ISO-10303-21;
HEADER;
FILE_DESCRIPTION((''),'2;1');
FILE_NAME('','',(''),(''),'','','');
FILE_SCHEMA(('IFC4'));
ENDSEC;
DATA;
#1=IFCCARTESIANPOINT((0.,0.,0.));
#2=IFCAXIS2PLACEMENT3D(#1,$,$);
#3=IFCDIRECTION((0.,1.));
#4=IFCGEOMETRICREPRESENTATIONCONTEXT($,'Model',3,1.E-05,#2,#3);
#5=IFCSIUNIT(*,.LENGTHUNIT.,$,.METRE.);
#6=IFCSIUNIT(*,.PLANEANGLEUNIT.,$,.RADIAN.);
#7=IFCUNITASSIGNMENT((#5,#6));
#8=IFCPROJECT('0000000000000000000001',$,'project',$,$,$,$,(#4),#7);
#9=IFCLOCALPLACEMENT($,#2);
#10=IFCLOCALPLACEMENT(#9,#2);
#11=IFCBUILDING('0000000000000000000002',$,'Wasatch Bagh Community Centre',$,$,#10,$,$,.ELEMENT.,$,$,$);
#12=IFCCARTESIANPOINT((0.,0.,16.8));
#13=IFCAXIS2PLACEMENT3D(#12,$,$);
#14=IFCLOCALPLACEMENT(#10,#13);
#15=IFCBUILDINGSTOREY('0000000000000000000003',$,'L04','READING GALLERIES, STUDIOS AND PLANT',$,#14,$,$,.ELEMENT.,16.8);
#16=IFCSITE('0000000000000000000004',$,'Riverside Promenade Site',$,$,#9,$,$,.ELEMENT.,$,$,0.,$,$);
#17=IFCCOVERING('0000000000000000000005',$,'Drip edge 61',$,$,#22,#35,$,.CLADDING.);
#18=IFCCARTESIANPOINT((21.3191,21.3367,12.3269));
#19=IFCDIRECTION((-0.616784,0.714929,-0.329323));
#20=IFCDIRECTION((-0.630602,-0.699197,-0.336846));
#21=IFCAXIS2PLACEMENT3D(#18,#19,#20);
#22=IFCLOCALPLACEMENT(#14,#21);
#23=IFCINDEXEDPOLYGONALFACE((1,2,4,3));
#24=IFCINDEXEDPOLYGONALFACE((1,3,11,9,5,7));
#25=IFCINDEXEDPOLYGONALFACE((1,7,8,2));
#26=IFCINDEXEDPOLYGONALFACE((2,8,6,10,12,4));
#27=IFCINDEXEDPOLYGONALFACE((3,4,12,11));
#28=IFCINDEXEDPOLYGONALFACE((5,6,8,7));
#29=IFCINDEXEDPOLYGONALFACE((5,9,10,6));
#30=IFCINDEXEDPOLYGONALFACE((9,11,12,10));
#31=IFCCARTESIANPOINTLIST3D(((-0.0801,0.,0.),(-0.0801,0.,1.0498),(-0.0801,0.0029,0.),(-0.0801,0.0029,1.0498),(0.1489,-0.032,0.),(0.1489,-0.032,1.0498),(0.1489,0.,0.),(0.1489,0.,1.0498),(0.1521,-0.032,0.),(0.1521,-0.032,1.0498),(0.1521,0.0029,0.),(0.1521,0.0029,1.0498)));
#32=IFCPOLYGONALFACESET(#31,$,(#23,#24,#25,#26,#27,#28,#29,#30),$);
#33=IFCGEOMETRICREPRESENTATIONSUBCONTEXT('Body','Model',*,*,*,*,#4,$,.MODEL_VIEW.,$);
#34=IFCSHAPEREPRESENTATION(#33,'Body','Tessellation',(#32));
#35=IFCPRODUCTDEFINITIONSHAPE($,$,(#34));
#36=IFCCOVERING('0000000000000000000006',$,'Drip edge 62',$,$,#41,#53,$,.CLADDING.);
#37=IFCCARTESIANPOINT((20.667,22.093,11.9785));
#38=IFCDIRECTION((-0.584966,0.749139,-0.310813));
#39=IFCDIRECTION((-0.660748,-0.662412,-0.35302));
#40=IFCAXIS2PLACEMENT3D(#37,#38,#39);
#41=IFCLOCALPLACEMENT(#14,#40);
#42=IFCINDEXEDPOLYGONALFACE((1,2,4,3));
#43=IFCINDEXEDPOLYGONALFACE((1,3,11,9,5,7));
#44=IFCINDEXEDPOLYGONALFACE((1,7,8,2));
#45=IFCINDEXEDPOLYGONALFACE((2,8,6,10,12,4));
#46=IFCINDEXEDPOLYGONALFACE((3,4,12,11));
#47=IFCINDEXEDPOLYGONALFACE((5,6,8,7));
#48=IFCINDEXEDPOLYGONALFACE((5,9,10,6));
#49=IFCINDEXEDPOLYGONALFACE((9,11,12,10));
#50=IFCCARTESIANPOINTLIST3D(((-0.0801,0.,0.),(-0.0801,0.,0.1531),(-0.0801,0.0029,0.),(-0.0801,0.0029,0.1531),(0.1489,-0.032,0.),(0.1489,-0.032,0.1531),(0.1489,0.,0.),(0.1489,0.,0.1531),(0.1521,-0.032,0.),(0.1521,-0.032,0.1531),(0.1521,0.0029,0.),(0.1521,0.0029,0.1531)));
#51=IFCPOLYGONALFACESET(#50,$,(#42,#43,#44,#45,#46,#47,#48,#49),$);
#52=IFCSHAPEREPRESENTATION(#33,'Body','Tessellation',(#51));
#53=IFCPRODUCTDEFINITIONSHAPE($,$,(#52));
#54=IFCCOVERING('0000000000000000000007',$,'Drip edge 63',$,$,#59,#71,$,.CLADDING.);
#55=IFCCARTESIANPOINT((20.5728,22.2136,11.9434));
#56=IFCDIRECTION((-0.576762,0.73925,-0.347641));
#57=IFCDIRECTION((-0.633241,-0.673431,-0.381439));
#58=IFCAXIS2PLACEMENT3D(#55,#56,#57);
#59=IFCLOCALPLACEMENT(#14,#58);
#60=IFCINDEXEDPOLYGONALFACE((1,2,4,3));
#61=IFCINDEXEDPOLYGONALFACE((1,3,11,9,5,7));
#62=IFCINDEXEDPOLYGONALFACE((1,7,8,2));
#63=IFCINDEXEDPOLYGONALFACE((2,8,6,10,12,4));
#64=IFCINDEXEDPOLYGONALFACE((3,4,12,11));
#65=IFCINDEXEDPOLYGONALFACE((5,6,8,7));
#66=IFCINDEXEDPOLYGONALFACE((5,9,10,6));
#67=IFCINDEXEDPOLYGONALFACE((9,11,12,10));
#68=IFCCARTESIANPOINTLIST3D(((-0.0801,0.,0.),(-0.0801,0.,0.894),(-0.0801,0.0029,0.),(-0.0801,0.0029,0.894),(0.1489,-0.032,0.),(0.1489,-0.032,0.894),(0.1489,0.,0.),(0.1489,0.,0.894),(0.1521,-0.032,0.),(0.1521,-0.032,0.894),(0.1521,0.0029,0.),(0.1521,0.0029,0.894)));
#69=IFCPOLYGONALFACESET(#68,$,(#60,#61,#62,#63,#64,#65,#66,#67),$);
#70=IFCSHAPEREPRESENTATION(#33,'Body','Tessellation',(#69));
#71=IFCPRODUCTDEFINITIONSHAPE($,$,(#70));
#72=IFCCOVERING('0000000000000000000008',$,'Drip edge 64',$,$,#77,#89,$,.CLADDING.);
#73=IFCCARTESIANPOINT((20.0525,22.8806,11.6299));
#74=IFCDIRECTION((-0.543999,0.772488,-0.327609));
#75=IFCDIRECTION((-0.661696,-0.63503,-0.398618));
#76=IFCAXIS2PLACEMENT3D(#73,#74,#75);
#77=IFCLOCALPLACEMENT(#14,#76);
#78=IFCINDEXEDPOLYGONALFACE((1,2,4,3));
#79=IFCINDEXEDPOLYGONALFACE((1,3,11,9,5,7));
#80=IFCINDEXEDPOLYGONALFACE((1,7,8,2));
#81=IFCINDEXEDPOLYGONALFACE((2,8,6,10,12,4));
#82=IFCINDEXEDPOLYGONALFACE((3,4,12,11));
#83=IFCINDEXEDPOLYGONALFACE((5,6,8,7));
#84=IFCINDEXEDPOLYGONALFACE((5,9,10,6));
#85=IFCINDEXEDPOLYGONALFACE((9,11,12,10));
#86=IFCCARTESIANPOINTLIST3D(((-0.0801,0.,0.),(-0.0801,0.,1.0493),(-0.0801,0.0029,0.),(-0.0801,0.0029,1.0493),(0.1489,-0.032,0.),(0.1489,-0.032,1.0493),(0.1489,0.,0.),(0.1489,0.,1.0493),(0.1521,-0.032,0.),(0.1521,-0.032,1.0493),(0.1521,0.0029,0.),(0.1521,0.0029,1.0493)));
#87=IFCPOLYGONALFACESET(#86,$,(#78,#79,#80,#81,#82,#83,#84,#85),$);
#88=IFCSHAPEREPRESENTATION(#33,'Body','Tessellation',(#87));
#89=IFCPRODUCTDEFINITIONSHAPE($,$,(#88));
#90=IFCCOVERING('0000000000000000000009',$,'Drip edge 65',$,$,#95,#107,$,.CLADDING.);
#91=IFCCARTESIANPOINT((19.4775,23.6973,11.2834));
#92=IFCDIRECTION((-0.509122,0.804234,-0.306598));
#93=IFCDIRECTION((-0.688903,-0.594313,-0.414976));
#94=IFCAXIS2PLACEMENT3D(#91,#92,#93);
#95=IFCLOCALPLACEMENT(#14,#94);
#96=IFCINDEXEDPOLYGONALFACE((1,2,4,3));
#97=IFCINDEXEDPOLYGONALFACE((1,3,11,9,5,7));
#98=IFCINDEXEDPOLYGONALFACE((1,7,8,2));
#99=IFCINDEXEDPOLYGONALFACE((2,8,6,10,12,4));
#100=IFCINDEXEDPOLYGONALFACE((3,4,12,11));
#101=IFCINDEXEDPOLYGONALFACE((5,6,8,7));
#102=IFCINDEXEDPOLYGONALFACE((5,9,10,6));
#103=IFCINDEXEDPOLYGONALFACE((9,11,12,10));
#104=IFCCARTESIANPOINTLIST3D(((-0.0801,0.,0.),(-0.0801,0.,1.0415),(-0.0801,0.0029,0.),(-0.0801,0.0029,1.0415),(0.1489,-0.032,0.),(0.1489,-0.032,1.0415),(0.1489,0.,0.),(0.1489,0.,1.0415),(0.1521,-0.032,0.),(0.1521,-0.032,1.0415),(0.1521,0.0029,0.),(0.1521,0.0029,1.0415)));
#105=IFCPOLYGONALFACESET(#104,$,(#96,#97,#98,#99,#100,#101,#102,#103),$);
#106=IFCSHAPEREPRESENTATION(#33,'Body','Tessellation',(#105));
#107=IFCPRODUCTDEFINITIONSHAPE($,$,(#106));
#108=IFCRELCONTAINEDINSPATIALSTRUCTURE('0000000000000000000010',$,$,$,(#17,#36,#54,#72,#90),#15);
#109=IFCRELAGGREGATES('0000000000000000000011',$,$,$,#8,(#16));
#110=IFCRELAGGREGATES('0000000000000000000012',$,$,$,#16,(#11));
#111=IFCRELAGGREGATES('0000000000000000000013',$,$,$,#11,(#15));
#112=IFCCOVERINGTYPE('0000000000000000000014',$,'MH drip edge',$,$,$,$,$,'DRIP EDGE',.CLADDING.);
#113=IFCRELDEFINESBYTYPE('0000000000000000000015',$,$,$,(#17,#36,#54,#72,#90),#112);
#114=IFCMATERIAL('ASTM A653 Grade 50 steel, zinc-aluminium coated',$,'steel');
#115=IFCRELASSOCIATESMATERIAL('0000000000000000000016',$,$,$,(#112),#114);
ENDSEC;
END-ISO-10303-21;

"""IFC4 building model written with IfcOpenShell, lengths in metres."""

from ifc_helpers import new_model, si_unit, direction, frame, origin, place, context, subcontext, project, spatial, polyline, outline, extrude, material, material_profile, profile_set, type_object, element, save


model = new_model("IFC4")

# Units and contexts
model_context = context("Model", 3, precision=1e-05, world=origin(), true_north=direction((0.0, 1.0)))
body_context = subcontext(model_context, "Body", "Model", "MODEL_VIEW")
ifc_project = project(units=[si_unit("LENGTHUNIT", "METRE"), si_unit("PLANEANGLEUNIT", "RADIAN")], contexts=[model_context])

# Site, building, storey
site_placement = place(None, origin())
site = spatial("IfcSite", under=ifc_project, at=site_placement, Name="Riverside Promenade Site", CompositionType="ELEMENT", RefElevation=0.0)
building_placement = place(site_placement, origin())
building = spatial("IfcBuilding", under=site, at=building_placement, Name="Wasatch Bagh Community Centre", CompositionType="ELEMENT")
storey_placement = place(building_placement, frame((0.0, 0.0, 16.8)))
storey = spatial("IfcBuildingStorey", under=building, at=storey_placement, Name="L04", Description="READING GALLERIES, STUDIOS AND PLANT", CompositionType="ELEMENT", Elevation=16.8)

# Coverings
ifc_material_1 = material(Name="ASTM A653 Grade 50 steel, zinc-aluminium coated", Category="steel")
ifc_material_profile_1 = material_profile(ifc_material_1, outline(polyline([(-0.0801, 0.0029), (0.1521, 0.0029), (0.1521, -0.032), (0.1489, -0.032), (0.1489, 0.0), (-0.0801, 0.0), (-0.0801, 0.0029)])), Name="DRIP EDGE")
ifc_profile_set_1 = profile_set([ifc_material_profile_1], Name="ASTM A653 Grade 50 steel, zinc-aluminium coated")
covering_type_1 = type_object("IfcCoveringType", Name="MH drip edge", ElementType="DRIP EDGE", PredefinedType="CLADDING", material=ifc_profile_set_1)
covering_1_placement = place(storey_placement, frame((21.3191, 21.3367, 12.3269), z_axis=(-0.616784, 0.714929, -0.329323), x_axis=(-0.630602, -0.699197, -0.336846)))
element("IfcCovering", 1, at=covering_1_placement, inside=storey, type_object=covering_type_1, Name="Drip edge 61", PredefinedType="CLADDING", context=body_context, shape_type="SweptSolid", body=[
    extrude(outline(polyline([(-0.0801, 0.0029), (0.1521, 0.0029), (0.1521, -0.032), (0.1489, -0.032), (0.1489, 0.0), (-0.0801, 0.0), (-0.0801, 0.0029)])), origin(), (0.0, 0.0, 1.0), 1.0498),
])
covering_2_placement = place(storey_placement, frame((20.667, 22.093, 11.9785), z_axis=(-0.584966, 0.749139, -0.310813), x_axis=(-0.660748, -0.662412, -0.35302)))
element("IfcCovering", 2, at=covering_2_placement, inside=storey, type_object=covering_type_1, Name="Drip edge 62", PredefinedType="CLADDING", context=body_context, shape_type="SweptSolid", body=[
    extrude(outline(polyline([(-0.0801, 0.0029), (0.1521, 0.0029), (0.1521, -0.032), (0.1489, -0.032), (0.1489, 0.0), (-0.0801, 0.0), (-0.0801, 0.0029)])), origin(), (0.0, 0.0, 1.0), 0.1531),
])
covering_3_placement = place(storey_placement, frame((20.5728, 22.2136, 11.9434), z_axis=(-0.576762, 0.73925, -0.347641), x_axis=(-0.633241, -0.673431, -0.381439)))
element("IfcCovering", 3, at=covering_3_placement, inside=storey, type_object=covering_type_1, Name="Drip edge 63", PredefinedType="CLADDING", context=body_context, shape_type="SweptSolid", body=[
    extrude(outline(polyline([(-0.0801, 0.0029), (0.1521, 0.0029), (0.1521, -0.032), (0.1489, -0.032), (0.1489, 0.0), (-0.0801, 0.0), (-0.0801, 0.0029)])), origin(), (0.0, 0.0, 1.0), 0.894),
])
covering_4_placement = place(storey_placement, frame((20.0525, 22.8806, 11.6299), z_axis=(-0.543999, 0.772488, -0.327609), x_axis=(-0.661696, -0.63503, -0.398618)))
element("IfcCovering", 4, at=covering_4_placement, inside=storey, type_object=covering_type_1, Name="Drip edge 64", PredefinedType="CLADDING", context=body_context, shape_type="SweptSolid", body=[
    extrude(outline(polyline([(-0.0801, 0.0029), (0.1521, 0.0029), (0.1521, -0.032), (0.1489, -0.032), (0.1489, 0.0), (-0.0801, 0.0), (-0.0801, 0.0029)])), origin(), (0.0, 0.0, 1.0), 1.0493),
])
covering_5_placement = place(storey_placement, frame((19.4775, 23.6973, 11.2834), z_axis=(-0.509122, 0.804234, -0.306598), x_axis=(-0.688903, -0.594313, -0.414976)))
element("IfcCovering", 5, at=covering_5_placement, inside=storey, type_object=covering_type_1, Name="Drip edge 65", PredefinedType="CLADDING", context=body_context, shape_type="SweptSolid", body=[
    extrude(outline(polyline([(-0.0801, 0.0029), (0.1521, 0.0029), (0.1521, -0.032), (0.1489, -0.032), (0.1489, 0.0), (-0.0801, 0.0), (-0.0801, 0.0029)])), origin(), (0.0, 0.0, 1.0), 1.0415),
])

save(model, "model.ifc")
